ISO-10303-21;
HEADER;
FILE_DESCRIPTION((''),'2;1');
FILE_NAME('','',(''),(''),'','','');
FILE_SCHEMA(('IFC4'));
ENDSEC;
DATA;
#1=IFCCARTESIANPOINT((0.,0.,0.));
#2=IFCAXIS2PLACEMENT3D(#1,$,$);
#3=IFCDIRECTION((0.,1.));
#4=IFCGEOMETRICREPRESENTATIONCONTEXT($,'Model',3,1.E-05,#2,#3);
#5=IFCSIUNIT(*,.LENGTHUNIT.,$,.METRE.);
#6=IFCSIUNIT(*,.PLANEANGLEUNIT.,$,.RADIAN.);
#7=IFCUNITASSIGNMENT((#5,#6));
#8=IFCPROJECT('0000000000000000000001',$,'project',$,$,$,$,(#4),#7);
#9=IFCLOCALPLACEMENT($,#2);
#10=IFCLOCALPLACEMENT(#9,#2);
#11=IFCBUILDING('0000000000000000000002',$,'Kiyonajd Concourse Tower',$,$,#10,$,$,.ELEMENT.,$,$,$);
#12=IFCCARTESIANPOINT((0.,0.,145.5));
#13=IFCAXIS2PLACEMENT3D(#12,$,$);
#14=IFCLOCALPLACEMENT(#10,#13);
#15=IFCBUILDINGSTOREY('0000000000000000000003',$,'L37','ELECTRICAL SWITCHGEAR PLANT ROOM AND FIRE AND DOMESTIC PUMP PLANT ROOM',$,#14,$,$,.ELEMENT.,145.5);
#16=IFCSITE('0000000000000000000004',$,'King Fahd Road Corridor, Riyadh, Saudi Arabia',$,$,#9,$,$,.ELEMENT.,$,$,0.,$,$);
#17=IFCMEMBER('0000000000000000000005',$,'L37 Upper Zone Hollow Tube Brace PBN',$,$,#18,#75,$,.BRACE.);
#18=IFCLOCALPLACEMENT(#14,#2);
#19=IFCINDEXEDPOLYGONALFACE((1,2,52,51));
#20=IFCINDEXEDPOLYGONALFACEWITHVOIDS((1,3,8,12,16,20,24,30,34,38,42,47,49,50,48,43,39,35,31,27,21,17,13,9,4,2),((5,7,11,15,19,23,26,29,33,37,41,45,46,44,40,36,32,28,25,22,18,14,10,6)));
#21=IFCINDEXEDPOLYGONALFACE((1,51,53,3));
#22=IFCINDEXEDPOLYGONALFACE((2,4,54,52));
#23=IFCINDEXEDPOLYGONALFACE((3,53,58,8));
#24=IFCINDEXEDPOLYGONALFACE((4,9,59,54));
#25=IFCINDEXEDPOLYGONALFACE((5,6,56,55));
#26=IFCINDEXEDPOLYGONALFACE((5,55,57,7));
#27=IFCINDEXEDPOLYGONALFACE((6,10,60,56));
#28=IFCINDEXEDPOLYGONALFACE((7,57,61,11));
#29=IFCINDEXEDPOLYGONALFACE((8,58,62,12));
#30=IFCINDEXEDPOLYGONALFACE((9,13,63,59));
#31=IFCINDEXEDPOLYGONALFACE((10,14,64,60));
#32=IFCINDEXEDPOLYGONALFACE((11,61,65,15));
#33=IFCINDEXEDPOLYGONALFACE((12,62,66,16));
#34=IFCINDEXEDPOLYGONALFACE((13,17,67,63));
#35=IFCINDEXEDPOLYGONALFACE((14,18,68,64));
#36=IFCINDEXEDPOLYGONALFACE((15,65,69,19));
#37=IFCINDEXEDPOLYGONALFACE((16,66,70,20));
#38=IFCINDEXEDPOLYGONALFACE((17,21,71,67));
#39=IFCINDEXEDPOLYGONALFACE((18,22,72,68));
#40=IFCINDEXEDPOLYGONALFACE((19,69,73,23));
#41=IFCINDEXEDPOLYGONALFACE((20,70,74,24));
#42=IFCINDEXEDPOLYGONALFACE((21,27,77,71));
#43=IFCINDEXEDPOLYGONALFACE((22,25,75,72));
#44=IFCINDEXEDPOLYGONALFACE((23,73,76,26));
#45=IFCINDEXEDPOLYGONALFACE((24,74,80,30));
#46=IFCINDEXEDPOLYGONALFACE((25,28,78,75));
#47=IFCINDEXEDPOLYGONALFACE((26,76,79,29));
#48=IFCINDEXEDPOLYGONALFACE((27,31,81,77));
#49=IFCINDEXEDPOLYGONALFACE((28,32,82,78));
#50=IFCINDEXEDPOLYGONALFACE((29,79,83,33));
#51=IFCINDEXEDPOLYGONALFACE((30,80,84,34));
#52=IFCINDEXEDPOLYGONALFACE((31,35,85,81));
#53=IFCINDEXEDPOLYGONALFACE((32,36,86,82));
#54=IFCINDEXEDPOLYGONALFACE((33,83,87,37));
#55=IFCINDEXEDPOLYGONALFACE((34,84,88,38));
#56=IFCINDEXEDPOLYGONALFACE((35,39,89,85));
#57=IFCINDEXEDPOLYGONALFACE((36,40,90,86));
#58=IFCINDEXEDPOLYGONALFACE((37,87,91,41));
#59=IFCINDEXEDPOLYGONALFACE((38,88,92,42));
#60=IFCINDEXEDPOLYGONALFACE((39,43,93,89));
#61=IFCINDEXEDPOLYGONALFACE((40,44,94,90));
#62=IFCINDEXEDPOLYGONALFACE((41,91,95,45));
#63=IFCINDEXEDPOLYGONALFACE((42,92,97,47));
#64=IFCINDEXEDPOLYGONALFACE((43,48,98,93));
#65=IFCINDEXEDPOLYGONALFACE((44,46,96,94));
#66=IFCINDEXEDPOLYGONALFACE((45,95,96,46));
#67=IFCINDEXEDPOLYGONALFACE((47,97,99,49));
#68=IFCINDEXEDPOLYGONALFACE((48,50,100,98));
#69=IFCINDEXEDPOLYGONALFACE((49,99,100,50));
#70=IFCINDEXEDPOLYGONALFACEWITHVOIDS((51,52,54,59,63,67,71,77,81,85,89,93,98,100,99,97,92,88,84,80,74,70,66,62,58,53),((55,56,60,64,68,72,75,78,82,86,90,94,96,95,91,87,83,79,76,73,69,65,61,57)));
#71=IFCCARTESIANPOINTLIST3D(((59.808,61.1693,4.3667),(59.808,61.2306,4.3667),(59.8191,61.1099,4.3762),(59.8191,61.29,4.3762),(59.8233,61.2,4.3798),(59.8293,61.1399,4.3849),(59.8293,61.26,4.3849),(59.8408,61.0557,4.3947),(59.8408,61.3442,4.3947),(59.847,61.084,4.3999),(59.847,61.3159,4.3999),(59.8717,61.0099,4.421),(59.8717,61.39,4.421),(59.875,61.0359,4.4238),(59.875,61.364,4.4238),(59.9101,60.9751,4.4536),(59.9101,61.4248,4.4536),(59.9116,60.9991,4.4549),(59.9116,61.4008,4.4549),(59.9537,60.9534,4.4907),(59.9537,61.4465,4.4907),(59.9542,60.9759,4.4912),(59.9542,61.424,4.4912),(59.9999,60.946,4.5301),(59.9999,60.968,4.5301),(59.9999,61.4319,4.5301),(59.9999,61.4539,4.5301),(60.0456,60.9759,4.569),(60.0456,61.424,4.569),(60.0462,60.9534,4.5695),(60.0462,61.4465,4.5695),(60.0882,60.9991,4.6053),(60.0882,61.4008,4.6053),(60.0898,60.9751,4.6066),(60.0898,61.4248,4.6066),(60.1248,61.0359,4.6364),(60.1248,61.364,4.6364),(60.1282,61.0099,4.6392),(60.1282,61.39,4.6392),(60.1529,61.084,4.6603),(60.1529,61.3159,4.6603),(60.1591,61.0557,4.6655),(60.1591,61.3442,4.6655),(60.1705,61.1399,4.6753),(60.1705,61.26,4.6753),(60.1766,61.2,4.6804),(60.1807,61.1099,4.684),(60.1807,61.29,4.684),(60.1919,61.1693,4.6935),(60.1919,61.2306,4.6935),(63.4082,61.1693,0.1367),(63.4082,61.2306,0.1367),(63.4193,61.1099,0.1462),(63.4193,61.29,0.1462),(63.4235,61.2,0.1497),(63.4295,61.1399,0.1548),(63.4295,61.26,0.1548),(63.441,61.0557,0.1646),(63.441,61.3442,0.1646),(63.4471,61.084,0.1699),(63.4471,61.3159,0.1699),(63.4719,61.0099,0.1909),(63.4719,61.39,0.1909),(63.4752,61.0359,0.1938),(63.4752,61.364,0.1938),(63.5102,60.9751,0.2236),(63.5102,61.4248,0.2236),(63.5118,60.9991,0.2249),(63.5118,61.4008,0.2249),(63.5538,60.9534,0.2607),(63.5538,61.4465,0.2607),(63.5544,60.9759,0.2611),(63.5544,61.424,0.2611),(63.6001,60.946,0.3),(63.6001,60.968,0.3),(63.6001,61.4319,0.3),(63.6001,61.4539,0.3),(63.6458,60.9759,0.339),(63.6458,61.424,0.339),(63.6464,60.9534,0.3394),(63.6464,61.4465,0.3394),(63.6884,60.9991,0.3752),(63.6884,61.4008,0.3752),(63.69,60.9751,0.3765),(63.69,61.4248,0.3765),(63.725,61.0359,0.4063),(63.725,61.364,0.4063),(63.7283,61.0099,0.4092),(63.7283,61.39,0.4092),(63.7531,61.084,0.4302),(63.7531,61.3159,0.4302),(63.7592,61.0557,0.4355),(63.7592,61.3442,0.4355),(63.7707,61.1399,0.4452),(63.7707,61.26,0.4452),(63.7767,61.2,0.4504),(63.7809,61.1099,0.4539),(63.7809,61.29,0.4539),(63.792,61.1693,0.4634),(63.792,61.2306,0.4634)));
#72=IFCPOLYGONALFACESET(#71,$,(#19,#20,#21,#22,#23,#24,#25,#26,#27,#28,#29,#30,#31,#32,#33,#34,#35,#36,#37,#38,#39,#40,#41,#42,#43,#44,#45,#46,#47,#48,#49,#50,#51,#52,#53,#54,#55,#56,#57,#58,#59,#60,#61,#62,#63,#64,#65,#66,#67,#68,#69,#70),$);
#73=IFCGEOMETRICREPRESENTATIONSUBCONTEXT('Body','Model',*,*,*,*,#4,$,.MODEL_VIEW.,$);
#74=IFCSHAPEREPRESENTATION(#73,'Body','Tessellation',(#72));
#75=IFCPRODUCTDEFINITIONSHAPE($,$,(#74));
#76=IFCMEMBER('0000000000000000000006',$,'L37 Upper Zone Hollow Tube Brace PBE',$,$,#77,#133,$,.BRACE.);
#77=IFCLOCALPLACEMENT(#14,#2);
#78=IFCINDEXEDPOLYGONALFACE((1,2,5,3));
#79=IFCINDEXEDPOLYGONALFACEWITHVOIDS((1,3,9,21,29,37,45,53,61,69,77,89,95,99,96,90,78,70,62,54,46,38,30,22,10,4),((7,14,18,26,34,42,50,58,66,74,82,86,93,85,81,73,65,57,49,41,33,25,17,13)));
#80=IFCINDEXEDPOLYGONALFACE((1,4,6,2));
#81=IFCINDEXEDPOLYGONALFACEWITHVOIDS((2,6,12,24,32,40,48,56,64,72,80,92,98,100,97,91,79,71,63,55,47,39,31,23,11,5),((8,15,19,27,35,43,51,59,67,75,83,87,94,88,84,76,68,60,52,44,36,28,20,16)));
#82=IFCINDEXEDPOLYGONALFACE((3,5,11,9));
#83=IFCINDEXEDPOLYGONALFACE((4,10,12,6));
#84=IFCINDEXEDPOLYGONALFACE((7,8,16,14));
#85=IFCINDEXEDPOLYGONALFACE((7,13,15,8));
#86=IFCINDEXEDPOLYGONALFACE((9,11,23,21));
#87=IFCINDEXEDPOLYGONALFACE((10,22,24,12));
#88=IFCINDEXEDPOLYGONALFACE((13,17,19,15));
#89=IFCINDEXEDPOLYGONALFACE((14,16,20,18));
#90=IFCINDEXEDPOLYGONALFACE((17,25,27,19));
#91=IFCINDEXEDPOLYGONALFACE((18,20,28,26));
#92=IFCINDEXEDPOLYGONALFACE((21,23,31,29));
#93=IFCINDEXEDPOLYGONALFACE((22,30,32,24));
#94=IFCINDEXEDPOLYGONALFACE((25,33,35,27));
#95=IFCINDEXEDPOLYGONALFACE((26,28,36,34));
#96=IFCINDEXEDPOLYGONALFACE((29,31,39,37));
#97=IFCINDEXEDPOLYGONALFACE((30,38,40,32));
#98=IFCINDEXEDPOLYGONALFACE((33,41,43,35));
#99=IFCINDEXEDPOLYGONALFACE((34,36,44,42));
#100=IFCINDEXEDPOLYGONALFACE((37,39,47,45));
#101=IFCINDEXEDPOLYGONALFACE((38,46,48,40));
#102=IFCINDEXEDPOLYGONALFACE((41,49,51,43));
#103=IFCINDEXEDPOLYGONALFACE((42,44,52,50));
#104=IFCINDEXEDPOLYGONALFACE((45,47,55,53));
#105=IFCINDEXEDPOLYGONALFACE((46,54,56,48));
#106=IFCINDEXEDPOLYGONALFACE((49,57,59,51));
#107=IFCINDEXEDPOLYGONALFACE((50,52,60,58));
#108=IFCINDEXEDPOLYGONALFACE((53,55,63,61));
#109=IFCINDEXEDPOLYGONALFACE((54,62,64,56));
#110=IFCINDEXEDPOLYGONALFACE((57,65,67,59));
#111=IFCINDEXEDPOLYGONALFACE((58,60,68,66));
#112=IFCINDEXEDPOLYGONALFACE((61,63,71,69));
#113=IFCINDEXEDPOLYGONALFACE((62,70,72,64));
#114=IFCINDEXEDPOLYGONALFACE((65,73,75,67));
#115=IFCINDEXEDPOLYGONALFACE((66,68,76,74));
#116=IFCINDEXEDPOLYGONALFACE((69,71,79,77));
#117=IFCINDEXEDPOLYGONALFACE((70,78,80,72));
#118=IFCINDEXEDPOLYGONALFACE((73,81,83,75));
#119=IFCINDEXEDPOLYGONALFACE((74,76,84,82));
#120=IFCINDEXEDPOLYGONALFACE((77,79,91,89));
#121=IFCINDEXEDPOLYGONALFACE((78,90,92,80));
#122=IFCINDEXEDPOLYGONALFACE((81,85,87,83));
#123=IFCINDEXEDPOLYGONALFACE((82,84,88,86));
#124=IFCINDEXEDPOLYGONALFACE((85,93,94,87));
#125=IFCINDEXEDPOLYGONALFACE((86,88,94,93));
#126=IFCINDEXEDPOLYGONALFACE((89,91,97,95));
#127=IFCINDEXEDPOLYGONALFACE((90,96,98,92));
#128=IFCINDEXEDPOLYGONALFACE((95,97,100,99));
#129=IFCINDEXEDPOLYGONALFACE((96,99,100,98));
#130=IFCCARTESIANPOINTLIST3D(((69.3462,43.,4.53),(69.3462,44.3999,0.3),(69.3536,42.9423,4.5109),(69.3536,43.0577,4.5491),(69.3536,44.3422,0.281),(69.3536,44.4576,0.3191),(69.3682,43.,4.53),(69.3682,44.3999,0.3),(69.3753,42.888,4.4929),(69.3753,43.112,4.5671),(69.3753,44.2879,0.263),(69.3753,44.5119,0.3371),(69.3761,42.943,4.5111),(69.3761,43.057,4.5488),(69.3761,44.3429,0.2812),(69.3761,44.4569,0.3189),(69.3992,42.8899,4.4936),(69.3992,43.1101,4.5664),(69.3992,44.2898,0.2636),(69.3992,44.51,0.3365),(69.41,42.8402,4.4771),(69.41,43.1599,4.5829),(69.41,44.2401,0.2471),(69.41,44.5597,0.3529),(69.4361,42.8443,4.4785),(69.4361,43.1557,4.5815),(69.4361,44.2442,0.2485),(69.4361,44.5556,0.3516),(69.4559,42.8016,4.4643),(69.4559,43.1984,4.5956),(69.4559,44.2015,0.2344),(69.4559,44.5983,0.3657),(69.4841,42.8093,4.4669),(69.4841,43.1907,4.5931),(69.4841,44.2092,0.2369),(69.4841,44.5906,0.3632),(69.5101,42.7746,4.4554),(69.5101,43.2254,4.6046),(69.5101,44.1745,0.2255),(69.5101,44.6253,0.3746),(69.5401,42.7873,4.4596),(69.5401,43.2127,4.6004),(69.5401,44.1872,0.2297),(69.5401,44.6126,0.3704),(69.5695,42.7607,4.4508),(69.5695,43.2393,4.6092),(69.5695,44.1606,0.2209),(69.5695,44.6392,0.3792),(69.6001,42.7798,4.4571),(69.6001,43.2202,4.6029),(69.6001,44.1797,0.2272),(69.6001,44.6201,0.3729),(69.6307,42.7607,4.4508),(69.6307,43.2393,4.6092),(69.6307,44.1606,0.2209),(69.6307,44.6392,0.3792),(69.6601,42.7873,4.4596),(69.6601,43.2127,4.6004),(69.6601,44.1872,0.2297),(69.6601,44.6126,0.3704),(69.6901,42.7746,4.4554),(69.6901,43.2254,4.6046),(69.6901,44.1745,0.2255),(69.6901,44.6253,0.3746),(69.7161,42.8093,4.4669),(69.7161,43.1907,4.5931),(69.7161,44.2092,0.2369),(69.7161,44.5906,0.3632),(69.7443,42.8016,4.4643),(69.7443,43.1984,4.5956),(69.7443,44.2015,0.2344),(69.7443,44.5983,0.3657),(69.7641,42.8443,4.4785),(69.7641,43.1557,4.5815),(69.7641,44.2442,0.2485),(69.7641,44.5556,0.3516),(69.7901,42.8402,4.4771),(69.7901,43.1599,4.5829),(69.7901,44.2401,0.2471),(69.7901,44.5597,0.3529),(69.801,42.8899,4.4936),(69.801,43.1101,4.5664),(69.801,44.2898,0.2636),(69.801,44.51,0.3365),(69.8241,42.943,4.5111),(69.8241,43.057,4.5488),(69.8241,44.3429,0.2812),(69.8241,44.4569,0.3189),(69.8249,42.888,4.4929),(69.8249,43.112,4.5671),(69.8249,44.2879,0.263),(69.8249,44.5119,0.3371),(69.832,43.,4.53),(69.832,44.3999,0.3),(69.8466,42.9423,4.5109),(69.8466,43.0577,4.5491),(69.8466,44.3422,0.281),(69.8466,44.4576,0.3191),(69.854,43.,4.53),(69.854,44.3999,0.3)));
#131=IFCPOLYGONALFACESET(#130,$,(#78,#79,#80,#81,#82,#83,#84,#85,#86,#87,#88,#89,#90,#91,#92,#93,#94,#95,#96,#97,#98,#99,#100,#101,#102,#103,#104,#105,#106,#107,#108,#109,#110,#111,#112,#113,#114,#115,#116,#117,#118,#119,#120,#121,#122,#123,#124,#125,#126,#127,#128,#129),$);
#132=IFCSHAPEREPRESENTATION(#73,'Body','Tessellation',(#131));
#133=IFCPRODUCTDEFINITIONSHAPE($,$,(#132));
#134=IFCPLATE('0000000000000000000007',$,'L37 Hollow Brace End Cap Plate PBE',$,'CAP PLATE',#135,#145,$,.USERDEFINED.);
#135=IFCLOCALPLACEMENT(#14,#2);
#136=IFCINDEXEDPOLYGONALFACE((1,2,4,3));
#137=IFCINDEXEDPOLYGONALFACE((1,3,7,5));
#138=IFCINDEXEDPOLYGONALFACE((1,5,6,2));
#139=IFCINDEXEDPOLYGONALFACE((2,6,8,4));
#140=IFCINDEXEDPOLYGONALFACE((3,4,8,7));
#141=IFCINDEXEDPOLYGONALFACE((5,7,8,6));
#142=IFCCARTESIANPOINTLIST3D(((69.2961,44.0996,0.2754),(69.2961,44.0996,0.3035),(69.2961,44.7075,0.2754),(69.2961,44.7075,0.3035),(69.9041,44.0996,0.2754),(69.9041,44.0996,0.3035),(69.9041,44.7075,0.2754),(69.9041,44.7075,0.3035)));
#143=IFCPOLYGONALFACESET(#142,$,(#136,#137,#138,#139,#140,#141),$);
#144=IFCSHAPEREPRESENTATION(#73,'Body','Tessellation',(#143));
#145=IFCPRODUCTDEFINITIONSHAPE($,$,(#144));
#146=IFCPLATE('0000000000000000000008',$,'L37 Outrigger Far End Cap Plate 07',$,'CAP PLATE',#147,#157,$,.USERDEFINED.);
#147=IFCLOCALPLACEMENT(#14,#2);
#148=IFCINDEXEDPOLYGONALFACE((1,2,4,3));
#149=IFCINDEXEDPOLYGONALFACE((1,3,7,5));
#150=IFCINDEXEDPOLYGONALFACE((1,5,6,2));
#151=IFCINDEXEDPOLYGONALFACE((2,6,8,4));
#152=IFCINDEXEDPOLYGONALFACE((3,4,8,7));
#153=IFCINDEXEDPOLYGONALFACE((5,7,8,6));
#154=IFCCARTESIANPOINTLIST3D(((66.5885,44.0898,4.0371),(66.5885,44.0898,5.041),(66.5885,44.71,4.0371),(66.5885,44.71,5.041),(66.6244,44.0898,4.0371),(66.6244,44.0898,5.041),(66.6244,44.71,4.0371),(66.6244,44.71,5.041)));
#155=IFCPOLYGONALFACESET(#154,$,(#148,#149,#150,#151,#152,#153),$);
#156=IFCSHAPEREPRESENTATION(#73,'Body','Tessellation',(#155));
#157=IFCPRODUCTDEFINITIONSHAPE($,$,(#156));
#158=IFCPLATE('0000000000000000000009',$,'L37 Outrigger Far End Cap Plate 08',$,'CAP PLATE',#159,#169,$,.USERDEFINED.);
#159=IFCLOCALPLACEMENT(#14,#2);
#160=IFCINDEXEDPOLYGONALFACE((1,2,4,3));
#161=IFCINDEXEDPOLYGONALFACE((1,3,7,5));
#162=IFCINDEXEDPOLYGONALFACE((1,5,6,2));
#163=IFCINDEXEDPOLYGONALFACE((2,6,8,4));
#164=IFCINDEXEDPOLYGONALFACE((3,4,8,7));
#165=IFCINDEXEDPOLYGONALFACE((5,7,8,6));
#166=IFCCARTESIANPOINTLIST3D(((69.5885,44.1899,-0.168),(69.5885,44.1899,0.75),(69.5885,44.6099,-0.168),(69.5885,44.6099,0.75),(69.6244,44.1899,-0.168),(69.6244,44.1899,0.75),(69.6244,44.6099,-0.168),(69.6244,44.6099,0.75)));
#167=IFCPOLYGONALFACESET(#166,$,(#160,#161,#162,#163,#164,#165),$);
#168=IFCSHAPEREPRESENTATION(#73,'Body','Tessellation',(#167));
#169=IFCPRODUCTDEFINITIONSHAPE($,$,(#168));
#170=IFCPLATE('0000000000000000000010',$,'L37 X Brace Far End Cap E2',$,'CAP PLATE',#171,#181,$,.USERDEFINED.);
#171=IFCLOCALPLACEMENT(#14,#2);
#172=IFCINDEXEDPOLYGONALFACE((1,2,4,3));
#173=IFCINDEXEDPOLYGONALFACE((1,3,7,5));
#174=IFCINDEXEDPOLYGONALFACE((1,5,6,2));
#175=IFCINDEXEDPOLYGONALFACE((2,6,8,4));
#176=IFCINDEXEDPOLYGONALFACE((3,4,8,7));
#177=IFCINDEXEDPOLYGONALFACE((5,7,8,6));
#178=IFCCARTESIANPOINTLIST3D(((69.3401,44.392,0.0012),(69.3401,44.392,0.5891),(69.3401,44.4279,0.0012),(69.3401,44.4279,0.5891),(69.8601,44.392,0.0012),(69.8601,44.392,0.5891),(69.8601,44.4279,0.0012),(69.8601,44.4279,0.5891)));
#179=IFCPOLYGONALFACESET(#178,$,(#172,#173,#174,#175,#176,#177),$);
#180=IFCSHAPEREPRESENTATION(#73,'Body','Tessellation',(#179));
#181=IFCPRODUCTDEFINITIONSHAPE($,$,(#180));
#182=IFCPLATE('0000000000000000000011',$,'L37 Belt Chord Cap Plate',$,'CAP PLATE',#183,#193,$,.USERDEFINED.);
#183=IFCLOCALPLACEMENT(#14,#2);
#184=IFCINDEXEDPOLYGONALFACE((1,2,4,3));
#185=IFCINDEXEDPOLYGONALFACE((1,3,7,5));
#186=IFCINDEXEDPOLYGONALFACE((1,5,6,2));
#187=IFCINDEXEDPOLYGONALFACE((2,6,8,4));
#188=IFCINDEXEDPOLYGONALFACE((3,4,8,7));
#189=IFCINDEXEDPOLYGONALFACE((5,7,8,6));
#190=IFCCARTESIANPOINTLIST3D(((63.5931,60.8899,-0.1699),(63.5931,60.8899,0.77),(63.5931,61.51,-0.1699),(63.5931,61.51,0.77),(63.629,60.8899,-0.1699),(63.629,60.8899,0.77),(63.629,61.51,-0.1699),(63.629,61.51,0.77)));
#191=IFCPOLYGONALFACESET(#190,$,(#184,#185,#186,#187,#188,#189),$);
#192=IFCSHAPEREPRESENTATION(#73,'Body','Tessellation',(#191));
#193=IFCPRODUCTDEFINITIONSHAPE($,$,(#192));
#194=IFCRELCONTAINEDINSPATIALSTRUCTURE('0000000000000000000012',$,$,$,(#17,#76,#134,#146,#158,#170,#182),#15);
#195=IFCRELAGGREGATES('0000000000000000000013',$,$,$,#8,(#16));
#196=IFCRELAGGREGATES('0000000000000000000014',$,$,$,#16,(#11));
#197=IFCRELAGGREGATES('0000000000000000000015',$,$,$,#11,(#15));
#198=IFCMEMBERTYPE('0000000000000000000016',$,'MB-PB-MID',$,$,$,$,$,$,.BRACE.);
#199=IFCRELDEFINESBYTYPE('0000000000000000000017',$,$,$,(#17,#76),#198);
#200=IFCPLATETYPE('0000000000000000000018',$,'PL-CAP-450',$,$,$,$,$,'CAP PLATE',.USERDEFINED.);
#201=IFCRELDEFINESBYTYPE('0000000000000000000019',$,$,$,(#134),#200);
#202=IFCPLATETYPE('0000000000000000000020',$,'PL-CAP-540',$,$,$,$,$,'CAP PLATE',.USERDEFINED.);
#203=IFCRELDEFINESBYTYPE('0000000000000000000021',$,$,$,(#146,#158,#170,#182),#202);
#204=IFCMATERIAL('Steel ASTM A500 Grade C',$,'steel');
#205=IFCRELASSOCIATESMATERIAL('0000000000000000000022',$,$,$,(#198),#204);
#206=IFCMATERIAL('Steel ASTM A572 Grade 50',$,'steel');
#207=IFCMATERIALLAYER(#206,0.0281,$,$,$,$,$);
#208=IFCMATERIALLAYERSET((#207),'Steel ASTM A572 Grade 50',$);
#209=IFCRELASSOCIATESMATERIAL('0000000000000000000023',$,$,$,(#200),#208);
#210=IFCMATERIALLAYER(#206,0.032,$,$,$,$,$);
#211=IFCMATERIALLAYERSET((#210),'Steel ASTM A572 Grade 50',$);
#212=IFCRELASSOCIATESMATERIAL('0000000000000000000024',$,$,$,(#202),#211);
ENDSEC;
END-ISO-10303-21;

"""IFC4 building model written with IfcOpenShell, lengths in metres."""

from ifc_helpers import new_model, si_unit, direction, frame, origin, origin_2d, place, context, subcontext, project, spatial, rectangle, hollow_circle, extrude, material, layer, layer_set, material_profile, profile_set, type_object, element, save


model = new_model("IFC4")

# Units and contexts
model_context = context("Model", 3, precision=1e-05, world=origin(), true_north=direction((0.0, 1.0)))
body_context = subcontext(model_context, "Body", "Model", "MODEL_VIEW")
ifc_project = project(units=[si_unit("LENGTHUNIT", "METRE"), si_unit("PLANEANGLEUNIT", "RADIAN")], contexts=[model_context])

# Site, building, storey
site_placement = place(None, origin())
site = spatial("IfcSite", under=ifc_project, at=site_placement, Name="King Fahd Road Corridor, Riyadh, Saudi Arabia", CompositionType="ELEMENT", RefElevation=0.0)
building_placement = place(site_placement, origin())
building = spatial("IfcBuilding", under=site, at=building_placement, Name="Kiyonajd Concourse Tower", CompositionType="ELEMENT")
storey_placement = place(building_placement, frame((0.0, 0.0, 145.5)))
storey = spatial("IfcBuildingStorey", under=building, at=storey_placement, Name="L37", Description="ELECTRICAL SWITCHGEAR PLANT ROOM AND FIRE AND DOMESTIC PUMP PLANT ROOM", CompositionType="ELEMENT", Elevation=145.5)

# Shared definitions
ifc_material_1 = material(Name="Steel ASTM A572 Grade 50", Category="steel")

# Members
ifc_material_2 = material(Name="Steel ASTM A500 Grade C", Category="steel")
ifc_material_profile_1 = material_profile(ifc_material_2, hollow_circle(Radius=0.2539, WallThickness=0.022, at=origin_2d()), Name="CHS-508x22")
ifc_profile_set_1 = profile_set([ifc_material_profile_1], Name="Steel ASTM A500 Grade C")
member_type = type_object("IfcMemberType", Name="MB-PB-MID", PredefinedType="BRACE", material=ifc_profile_set_1)
member_1_placement = place(storey_placement, frame((63.6001, 61.2, 0.3), z_axis=(-0.648131, 0.0, 0.761529), x_axis=(0.0, -1.0, 0.0)))
element("IfcMember", 1, at=member_1_placement, inside=storey, type_object=member_type, Name="L37 Upper Zone Hollow Tube Brace PBN", PredefinedType="BRACE", context=body_context, shape_type="SweptSolid", body=[
    extrude(hollow_circle(Radius=0.2539, WallThickness=0.022, at=origin_2d()), origin(), (0.0, 0.0, 1.0), 5.5547),
])
member_2_placement = place(storey_placement, frame((69.6001, 44.3999, 0.3), z_axis=(0.0, -0.314189, 0.949361), x_axis=(1.0, 0.0, 0.0)))
element("IfcMember", 2, at=member_2_placement, inside=storey, type_object=member_type, Name="L37 Upper Zone Hollow Tube Brace PBE", PredefinedType="BRACE", context=body_context, shape_type="SweptSolid", body=[
    extrude(hollow_circle(Radius=0.2539, WallThickness=0.022, at=origin_2d()), origin(), (0.0, 0.0, 1.0), 4.4556),
])

# Plates
ifc_layer_1 = layer(ifc_material_1, 0.0281)
ifc_layer_set_1 = layer_set([ifc_layer_1], Name="Steel ASTM A572 Grade 50")
plate_type_1 = type_object("IfcPlateType", Name="PL-CAP-450", ElementType="CAP PLATE", PredefinedType="USERDEFINED", material=ifc_layer_set_1)
plate_1_placement = place(storey_placement, frame((69.6001, 44.4036, 0.2754), z_axis=(0.0, 0.0, 1.0), x_axis=(1.0, 0.0, 0.0)))
element("IfcPlate", 3, at=plate_1_placement, inside=storey, type_object=plate_type_1, Name="L37 Hollow Brace End Cap Plate PBE", ObjectType="CAP PLATE", PredefinedType="USERDEFINED", context=body_context, shape_type="SweptSolid", body=[
    extrude(rectangle(XDim=0.6079, YDim=0.6079, at=origin_2d()), origin(), (0.0, 0.0, 1.0), 0.0281),
])
ifc_layer_2 = layer(ifc_material_1, 0.032)
ifc_layer_set_2 = layer_set([ifc_layer_2], Name="Steel ASTM A572 Grade 50")
plate_type_2 = type_object("IfcPlateType", Name="PL-CAP-540", ElementType="CAP PLATE", PredefinedType="USERDEFINED", material=ifc_layer_set_2)
plate_2_placement = place(storey_placement, frame((66.6064, 44.3999, 4.0371), z_axis=(0.0, 0.0, 1.0), x_axis=(1.0, 0.0, 0.0)))
element("IfcPlate", 4, at=plate_2_placement, inside=storey, type_object=plate_type_2, Name="L37 Outrigger Far End Cap Plate 07", ObjectType="CAP PLATE", PredefinedType="USERDEFINED", context=body_context, shape_type="SweptSolid", body=[
    extrude(rectangle(XDim=0.0359, YDim=0.6201, at=origin_2d()), origin(), (0.0, 0.0, 1.0), 1.0039),
])
plate_3_placement = place(storey_placement, frame((69.6064, 44.3999, -0.168), z_axis=(0.0, 0.0, 1.0), x_axis=(1.0, 0.0, 0.0)))
element("IfcPlate", 5, at=plate_3_placement, inside=storey, type_object=plate_type_2, Name="L37 Outrigger Far End Cap Plate 08", ObjectType="CAP PLATE", PredefinedType="USERDEFINED", context=body_context, shape_type="SweptSolid", body=[
    extrude(rectangle(XDim=0.0359, YDim=0.4199, at=origin_2d()), origin(), (0.0, 0.0, 1.0), 0.918),
])
plate_4_placement = place(storey_placement, frame((69.6001, 44.4099, 0.0012), z_axis=(0.0, 0.0, 1.0), x_axis=(0.0, 1.0, 0.0)))
element("IfcPlate", 6, at=plate_4_placement, inside=storey, type_object=plate_type_2, Name="L37 X Brace Far End Cap E2", ObjectType="CAP PLATE", PredefinedType="USERDEFINED", context=body_context, shape_type="SweptSolid", body=[
    extrude(rectangle(XDim=0.0359, YDim=0.52, at=origin_2d()), origin(), (0.0, 0.0, 1.0), 0.5879),
])
plate_5_placement = place(storey_placement, frame((63.6111, 61.2, -0.1699), z_axis=(0.0, 0.0, 1.0), x_axis=(1.0, 0.0, 0.0)))
element("IfcPlate", 7, at=plate_5_placement, inside=storey, type_object=plate_type_2, Name="L37 Belt Chord Cap Plate", ObjectType="CAP PLATE", PredefinedType="USERDEFINED", context=body_context, shape_type="SweptSolid", body=[
    extrude(rectangle(XDim=0.0359, YDim=0.6201, at=origin_2d()), origin(), (0.0, 0.0, 1.0), 0.9399),
])

save(model, "model.ifc")
